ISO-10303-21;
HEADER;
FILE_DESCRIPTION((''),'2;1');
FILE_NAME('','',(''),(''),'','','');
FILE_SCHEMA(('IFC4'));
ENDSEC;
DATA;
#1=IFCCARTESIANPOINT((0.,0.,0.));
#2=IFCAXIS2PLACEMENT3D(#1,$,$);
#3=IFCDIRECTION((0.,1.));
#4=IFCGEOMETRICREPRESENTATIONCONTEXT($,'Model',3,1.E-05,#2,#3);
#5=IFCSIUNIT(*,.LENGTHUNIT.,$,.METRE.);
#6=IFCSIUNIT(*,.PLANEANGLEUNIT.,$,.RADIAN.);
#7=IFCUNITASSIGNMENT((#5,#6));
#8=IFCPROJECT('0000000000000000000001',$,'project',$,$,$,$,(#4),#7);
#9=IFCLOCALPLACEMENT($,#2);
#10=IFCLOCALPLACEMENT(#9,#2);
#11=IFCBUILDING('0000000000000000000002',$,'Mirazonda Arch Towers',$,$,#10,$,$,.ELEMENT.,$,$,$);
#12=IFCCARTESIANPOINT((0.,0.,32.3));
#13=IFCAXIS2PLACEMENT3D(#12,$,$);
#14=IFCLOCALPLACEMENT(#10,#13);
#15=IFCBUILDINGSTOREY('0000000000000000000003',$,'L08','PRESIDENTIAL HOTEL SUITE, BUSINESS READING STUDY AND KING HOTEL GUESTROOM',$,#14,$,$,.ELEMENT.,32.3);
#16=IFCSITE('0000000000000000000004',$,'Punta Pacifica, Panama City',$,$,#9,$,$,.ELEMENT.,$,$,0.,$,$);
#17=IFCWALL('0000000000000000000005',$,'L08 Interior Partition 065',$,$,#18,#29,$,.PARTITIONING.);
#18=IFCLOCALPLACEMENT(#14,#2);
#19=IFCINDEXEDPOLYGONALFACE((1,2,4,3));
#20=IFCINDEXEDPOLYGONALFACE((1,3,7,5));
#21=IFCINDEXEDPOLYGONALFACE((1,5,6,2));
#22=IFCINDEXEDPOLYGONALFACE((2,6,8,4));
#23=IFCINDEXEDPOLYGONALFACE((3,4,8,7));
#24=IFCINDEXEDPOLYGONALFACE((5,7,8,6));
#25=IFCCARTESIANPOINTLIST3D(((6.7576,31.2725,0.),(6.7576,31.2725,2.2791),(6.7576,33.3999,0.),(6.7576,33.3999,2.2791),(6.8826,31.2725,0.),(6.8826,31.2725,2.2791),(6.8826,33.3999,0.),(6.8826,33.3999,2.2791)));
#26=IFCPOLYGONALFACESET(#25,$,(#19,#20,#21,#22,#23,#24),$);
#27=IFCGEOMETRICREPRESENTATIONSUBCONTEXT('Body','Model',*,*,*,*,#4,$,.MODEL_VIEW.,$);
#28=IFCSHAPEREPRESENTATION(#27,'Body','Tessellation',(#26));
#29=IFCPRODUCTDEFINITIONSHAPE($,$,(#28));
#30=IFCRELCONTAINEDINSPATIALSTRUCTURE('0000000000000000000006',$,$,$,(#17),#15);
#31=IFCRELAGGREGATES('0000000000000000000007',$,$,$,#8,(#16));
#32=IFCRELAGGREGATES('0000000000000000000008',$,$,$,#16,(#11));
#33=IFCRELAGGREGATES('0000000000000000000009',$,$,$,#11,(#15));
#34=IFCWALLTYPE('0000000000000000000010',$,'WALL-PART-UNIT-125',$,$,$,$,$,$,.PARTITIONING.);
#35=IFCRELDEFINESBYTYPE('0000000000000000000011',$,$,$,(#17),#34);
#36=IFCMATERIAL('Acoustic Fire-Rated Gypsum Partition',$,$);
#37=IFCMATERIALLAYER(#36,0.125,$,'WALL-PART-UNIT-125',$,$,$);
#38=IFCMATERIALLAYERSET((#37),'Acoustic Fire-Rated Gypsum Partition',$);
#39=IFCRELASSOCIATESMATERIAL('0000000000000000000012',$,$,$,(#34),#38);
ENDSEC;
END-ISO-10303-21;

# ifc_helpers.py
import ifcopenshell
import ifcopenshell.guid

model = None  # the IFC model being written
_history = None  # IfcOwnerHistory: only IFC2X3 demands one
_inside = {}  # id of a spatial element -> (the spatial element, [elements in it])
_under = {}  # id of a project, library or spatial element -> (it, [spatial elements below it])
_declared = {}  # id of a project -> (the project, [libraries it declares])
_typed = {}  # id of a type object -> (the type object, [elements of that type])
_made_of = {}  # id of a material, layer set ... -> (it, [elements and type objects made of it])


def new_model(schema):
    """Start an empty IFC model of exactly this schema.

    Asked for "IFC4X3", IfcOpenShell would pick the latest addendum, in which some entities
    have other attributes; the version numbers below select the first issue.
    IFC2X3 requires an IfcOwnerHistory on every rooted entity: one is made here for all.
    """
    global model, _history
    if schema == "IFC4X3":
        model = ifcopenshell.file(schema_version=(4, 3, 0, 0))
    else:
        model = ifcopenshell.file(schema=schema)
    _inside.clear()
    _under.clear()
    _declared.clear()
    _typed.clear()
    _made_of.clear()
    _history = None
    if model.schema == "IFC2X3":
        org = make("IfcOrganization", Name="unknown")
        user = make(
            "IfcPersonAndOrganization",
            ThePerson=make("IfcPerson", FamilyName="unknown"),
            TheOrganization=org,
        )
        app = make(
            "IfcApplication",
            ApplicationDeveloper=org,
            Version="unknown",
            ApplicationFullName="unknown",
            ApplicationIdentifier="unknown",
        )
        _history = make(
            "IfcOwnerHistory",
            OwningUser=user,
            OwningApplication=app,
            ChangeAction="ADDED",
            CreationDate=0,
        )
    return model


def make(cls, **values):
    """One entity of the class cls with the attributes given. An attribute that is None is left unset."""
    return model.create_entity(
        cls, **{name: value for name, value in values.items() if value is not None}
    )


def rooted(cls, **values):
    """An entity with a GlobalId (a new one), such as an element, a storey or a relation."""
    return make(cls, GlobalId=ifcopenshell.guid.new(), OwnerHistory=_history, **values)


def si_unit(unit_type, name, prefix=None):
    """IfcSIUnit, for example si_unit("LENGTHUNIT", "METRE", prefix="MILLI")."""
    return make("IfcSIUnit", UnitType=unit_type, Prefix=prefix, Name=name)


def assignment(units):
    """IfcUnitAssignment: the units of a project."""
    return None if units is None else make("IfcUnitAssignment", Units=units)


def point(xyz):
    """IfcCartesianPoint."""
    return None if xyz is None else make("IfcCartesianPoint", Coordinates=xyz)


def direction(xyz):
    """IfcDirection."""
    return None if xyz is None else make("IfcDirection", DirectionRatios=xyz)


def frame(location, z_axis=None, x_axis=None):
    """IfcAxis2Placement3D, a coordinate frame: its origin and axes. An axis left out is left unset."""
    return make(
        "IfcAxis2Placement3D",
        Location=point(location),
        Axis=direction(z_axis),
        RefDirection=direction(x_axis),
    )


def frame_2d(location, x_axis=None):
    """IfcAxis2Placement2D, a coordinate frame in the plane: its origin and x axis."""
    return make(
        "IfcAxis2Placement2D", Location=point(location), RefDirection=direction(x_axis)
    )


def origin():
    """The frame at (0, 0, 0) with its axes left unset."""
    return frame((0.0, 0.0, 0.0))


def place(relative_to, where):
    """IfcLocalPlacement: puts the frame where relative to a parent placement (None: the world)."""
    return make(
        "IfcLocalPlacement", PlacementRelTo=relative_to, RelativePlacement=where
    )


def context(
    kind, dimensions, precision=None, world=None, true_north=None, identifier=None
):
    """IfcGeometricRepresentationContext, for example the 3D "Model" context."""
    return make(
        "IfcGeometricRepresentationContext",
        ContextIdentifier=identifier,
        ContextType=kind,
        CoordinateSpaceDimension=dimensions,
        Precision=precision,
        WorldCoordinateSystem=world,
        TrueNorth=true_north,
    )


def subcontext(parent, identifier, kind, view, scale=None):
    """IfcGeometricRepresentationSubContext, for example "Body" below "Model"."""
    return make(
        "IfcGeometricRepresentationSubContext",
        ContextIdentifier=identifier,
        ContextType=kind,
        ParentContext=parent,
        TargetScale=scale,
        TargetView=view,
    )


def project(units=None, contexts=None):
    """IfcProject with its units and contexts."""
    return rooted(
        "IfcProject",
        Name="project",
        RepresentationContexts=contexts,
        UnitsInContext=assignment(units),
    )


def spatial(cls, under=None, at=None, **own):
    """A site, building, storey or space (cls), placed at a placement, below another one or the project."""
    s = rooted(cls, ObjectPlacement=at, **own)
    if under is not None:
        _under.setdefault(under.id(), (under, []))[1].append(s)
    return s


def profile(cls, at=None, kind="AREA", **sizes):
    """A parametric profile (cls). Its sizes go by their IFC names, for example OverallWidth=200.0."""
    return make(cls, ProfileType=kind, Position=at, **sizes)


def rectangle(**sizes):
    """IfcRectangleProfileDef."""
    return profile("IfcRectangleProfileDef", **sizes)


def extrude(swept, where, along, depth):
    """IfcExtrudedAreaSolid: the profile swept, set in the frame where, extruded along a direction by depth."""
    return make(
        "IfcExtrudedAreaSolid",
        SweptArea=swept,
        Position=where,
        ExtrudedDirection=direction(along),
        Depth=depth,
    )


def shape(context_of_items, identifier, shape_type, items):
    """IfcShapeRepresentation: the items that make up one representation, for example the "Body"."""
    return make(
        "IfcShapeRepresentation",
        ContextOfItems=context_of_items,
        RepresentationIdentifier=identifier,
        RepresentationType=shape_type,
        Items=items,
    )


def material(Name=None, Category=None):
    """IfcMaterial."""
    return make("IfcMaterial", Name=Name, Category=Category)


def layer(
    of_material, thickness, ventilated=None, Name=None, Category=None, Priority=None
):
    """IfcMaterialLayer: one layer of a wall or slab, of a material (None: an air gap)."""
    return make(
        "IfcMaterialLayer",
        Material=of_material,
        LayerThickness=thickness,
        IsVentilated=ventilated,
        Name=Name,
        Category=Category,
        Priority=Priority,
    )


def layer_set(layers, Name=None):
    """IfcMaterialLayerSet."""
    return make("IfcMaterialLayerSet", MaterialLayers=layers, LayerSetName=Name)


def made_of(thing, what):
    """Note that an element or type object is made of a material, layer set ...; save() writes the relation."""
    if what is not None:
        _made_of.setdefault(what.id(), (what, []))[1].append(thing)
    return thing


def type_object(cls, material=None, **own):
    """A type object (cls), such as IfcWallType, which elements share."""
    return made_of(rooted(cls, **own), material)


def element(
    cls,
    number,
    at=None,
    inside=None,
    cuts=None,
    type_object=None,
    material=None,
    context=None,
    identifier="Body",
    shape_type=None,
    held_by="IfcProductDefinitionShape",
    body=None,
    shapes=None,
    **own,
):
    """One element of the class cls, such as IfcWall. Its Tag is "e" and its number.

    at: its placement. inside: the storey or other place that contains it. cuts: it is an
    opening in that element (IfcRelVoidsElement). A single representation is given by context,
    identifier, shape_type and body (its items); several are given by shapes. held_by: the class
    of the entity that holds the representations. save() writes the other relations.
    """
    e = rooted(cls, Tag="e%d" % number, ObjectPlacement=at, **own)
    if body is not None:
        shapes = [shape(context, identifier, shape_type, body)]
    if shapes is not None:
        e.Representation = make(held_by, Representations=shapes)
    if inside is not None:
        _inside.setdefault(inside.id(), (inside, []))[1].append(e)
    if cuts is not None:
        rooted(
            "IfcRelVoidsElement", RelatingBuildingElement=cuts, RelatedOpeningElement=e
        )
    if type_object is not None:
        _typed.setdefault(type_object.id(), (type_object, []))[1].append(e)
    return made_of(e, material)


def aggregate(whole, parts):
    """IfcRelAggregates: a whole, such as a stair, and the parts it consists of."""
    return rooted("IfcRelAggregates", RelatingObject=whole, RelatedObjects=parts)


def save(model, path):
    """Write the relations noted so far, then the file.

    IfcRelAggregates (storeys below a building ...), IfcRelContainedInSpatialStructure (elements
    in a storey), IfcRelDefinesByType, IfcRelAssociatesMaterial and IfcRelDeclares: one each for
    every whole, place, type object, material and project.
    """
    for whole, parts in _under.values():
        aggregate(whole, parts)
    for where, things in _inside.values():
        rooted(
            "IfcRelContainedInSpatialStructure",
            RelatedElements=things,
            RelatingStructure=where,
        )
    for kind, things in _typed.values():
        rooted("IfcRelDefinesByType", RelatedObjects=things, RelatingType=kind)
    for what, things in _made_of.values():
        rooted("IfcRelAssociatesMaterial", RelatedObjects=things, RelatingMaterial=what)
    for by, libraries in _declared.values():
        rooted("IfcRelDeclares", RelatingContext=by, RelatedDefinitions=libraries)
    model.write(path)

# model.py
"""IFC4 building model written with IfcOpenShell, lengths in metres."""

from ifc_helpers import new_model, si_unit, direction, frame, frame_2d, origin, place, context, subcontext, project, spatial, rectangle, extrude, material, layer, layer_set, type_object, element, save


model = new_model("IFC4")

# Units and contexts
model_context = context("Model", 3, precision=1e-05, world=origin(), true_north=direction((0.0, 1.0)))
body_context = subcontext(model_context, "Body", "Model", "MODEL_VIEW")
ifc_project = project(units=[si_unit("LENGTHUNIT", "METRE"), si_unit("PLANEANGLEUNIT", "RADIAN")], contexts=[model_context])

# Site, building, storey
site_placement = place(None, origin())
site = spatial("IfcSite", under=ifc_project, at=site_placement, Name="Punta Pacifica, Panama City", CompositionType="ELEMENT", RefElevation=0.0)
building_placement = place(site_placement, origin())
building = spatial("IfcBuilding", under=site, at=building_placement, Name="Mirazonda Arch Towers", CompositionType="ELEMENT")
storey_placement = place(building_placement, frame((0.0, 0.0, 32.3)))
storey = spatial("IfcBuildingStorey", under=building, at=storey_placement, Name="L08", Description="PRESIDENTIAL HOTEL SUITE, BUSINESS READING STUDY AND KING HOTEL GUESTROOM", CompositionType="ELEMENT", Elevation=32.3)

# Wall
ifc_material_1 = material(Name="Acoustic Fire-Rated Gypsum Partition")
ifc_layer_1 = layer(ifc_material_1, 0.125, Name="WALL-PART-UNIT-125")
ifc_layer_set_1 = layer_set([ifc_layer_1], Name="Acoustic Fire-Rated Gypsum Partition")
wall_type_1 = type_object("IfcWallType", Name="WALL-PART-UNIT-125", PredefinedType="PARTITIONING", material=ifc_layer_set_1)
wall_1_placement = place(storey_placement, frame((6.8201, 31.2725, 0.0), z_axis=(0.0, 0.0, 1.0), x_axis=(0.0, 1.0, 0.0)))
element("IfcWall", 1, at=wall_1_placement, inside=storey, type_object=wall_type_1, Name="L08 Interior Partition 065", PredefinedType="PARTITIONING", context=body_context, shape_type="SweptSolid", body=[
    extrude(rectangle(XDim=2.1274, YDim=0.125, at=frame_2d((1.0637, 0.0))), origin(), (0.0, 0.0, 1.0), 2.2791),
])

save(model, "model.ifc")
